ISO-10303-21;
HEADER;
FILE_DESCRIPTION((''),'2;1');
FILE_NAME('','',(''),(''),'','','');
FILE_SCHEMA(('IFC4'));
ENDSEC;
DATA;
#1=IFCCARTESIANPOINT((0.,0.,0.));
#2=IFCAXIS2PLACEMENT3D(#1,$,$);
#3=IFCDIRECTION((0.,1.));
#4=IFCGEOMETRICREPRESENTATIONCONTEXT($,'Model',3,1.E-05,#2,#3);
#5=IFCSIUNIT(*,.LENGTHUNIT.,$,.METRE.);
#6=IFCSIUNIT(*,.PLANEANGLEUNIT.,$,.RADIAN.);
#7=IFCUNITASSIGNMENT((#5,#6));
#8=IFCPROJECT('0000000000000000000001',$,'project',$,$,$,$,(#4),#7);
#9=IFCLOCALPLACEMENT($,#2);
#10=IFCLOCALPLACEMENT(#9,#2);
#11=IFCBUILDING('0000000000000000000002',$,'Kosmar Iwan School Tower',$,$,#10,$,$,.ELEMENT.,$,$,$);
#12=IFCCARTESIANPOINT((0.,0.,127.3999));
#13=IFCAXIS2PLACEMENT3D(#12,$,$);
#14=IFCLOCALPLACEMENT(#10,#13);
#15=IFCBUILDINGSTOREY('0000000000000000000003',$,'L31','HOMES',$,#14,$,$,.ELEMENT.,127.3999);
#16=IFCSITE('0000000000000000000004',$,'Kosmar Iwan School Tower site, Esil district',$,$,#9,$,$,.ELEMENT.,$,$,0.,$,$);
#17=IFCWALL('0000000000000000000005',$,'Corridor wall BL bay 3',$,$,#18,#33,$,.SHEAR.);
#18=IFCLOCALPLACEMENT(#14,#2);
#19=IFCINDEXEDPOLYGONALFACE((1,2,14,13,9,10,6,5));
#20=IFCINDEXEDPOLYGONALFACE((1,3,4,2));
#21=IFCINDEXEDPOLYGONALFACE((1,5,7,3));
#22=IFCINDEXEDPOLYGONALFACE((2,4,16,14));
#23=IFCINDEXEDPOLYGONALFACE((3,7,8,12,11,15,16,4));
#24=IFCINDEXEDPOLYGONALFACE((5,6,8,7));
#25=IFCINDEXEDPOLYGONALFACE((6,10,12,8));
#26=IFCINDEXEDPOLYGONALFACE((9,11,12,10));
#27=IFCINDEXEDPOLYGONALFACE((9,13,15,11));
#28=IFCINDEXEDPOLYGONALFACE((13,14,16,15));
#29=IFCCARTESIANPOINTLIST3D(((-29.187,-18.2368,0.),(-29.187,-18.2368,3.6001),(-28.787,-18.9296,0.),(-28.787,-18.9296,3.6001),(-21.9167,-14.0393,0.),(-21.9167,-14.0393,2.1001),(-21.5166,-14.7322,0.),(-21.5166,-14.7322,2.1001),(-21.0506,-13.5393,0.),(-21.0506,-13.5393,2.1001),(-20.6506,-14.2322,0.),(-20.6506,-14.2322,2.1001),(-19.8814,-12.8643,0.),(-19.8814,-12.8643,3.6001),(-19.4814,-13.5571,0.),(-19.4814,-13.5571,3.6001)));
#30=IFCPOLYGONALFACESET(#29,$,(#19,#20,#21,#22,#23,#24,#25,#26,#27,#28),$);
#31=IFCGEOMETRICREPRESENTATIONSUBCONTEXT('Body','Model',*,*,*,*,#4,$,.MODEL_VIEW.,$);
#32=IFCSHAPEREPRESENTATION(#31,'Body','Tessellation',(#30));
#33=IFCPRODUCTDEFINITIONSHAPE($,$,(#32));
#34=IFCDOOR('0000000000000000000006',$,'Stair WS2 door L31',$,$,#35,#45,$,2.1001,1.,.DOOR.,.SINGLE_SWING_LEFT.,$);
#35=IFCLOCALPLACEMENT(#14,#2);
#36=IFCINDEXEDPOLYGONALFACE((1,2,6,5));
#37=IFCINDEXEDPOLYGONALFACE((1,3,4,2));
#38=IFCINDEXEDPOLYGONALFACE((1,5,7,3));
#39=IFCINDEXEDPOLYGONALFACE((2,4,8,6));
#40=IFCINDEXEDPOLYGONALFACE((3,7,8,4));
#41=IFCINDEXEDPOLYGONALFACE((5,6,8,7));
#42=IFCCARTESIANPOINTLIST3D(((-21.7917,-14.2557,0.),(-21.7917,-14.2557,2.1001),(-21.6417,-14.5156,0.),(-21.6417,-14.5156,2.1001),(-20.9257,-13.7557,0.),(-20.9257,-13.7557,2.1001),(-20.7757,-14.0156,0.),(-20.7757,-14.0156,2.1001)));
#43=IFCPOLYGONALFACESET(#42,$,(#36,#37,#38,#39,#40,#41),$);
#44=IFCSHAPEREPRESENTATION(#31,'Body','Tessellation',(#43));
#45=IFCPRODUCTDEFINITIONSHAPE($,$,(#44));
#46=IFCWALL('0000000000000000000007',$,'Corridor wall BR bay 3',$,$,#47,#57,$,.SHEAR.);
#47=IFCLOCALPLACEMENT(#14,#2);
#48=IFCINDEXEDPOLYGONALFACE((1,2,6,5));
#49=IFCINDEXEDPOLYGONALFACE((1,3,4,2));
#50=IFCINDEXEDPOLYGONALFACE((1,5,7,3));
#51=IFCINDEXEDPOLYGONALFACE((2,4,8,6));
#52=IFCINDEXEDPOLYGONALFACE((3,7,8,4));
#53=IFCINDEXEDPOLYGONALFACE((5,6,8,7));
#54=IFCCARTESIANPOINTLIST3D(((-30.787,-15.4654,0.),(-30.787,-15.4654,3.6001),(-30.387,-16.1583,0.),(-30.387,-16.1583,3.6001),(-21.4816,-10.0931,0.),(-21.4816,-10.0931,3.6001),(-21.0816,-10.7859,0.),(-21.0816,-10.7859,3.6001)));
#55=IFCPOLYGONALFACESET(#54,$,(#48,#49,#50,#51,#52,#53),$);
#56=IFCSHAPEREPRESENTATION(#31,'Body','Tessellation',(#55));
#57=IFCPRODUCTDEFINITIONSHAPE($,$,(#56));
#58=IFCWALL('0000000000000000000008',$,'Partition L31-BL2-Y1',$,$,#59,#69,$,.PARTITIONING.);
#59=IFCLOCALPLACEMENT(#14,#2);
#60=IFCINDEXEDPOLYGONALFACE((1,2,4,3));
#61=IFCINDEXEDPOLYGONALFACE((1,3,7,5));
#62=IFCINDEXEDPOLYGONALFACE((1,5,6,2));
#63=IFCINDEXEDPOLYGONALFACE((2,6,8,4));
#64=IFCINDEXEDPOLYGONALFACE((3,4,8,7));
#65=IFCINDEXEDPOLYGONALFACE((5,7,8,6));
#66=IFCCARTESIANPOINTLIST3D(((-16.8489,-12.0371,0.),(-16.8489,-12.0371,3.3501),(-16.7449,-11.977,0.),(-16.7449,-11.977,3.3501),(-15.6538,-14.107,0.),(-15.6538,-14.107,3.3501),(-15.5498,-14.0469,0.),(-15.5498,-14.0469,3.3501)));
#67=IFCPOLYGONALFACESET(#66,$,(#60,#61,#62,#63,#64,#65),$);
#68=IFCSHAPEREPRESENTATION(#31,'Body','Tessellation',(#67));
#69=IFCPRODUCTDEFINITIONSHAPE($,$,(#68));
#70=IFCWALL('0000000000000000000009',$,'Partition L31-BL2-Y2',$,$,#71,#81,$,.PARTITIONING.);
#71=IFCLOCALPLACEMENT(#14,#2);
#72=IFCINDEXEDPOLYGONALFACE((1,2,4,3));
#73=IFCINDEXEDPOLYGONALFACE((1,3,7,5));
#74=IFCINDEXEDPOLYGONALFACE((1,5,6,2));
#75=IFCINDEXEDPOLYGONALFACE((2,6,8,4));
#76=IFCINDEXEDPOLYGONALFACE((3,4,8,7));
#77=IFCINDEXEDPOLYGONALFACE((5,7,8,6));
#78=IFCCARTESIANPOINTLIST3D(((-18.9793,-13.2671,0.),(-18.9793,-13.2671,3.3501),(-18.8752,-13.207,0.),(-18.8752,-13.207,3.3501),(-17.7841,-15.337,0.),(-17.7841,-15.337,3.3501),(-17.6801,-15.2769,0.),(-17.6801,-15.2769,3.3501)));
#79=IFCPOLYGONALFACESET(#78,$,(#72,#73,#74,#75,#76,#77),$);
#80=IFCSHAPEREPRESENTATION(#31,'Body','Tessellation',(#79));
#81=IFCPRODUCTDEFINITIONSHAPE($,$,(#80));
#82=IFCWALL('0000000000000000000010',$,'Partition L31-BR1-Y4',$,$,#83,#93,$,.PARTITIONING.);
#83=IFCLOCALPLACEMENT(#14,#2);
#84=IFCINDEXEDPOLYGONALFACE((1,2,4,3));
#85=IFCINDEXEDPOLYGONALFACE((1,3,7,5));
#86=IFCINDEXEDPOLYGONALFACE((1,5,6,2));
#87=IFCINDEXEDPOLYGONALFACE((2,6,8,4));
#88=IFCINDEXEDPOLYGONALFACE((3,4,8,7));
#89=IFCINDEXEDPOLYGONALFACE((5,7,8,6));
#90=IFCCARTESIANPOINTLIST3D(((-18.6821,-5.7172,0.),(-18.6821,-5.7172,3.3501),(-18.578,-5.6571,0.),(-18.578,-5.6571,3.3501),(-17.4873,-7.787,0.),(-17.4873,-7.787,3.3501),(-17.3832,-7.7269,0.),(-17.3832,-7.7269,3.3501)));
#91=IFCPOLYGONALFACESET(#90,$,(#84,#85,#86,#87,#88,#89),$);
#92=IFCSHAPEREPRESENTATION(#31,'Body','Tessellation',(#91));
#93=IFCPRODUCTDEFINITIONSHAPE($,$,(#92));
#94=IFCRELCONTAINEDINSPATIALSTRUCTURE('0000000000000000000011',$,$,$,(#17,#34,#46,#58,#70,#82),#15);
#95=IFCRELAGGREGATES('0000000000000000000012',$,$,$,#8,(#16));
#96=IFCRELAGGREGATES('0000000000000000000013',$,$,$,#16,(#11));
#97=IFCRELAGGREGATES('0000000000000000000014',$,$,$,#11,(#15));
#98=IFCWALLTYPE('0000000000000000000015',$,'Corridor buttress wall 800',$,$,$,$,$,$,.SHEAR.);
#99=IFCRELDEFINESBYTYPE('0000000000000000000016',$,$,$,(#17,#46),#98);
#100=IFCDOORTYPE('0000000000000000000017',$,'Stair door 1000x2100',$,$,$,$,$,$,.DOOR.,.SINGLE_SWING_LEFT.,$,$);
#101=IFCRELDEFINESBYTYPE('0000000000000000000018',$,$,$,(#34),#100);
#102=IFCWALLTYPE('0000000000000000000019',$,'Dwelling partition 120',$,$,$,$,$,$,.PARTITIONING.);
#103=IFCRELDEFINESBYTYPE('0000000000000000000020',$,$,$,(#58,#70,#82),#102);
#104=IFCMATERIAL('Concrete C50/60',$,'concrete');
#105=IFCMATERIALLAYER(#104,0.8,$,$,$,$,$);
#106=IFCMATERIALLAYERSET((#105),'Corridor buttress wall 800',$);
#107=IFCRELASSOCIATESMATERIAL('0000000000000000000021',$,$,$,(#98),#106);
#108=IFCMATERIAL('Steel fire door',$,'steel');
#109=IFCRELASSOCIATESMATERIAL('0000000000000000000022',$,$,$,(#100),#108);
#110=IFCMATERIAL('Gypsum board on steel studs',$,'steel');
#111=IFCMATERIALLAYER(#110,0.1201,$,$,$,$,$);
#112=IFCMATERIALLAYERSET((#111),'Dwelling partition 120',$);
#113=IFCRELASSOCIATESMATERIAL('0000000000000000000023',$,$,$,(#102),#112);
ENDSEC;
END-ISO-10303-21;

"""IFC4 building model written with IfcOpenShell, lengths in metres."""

from ifc_helpers import new_model, si_unit, direction, frame, frame_2d, origin, place, context, subcontext, project, spatial, rectangle, extrude, material, layer, layer_set, type_object, element, fill, save


model = new_model("IFC4")

# Units and contexts
model_context = context("Model", 3, precision=1e-05, world=origin(), true_north=direction((0.0, 1.0)))
body_context = subcontext(model_context, "Body", "Model", "MODEL_VIEW")
ifc_project = project(units=[si_unit("LENGTHUNIT", "METRE"), si_unit("PLANEANGLEUNIT", "RADIAN")], contexts=[model_context])

# Site, building, storey
site_placement = place(None, origin())
site = spatial("IfcSite", under=ifc_project, at=site_placement, Name="Kosmar Iwan School Tower site, Esil district", CompositionType="ELEMENT", RefElevation=0.0)
building_placement = place(site_placement, origin())
building = spatial("IfcBuilding", under=site, at=building_placement, Name="Kosmar Iwan School Tower", CompositionType="ELEMENT")
storey_placement = place(building_placement, frame((0.0, 0.0, 127.3999)))
storey = spatial("IfcBuildingStorey", under=building, at=storey_placement, Name="L31", Description="HOMES", CompositionType="ELEMENT", Elevation=127.3999)

# Wall, opening, door
ifc_material_1 = material(Name="Concrete C50/60", Category="concrete")
ifc_layer_1 = layer(ifc_material_1, 0.8)
ifc_layer_set_1 = layer_set([ifc_layer_1], Name="Corridor buttress wall 800")
wall_type_1 = type_object("IfcWallType", Name="Corridor buttress wall 800", PredefinedType="SHEAR", material=ifc_layer_set_1)
wall_1_placement = place(storey_placement, frame((-19.6814, -13.2107, 0.0), z_axis=(0.0, 0.0, 1.0), x_axis=(-0.866028, -0.499995, 0.0)))
wall_1 = element("IfcWall", 1, at=wall_1_placement, inside=storey, type_object=wall_type_1, Name="Corridor wall BL bay 3", PredefinedType="SHEAR", context=body_context, shape_type="SweptSolid", body=[
    extrude(rectangle(XDim=10.7451, YDim=0.8, at=frame_2d((5.3726, 0.0))), origin(), (0.0, 0.0, 1.0), 3.6001),
])
opening_1_placement = place(wall_1_placement, frame((1.3501, 0.0, 0.0)))
opening_1 = element("IfcOpeningElement", 2, at=opening_1_placement, cuts=wall_1, PredefinedType="OPENING", context=body_context, shape_type="SweptSolid", body=[
    extrude(rectangle(XDim=1.0, YDim=2.1001, at=frame_2d((0.5, 1.05))), frame((0.0, 0.4121, 0.0), z_axis=(0.0, -1.0, 0.0), x_axis=(1.0, 0.0, 0.0)), (0.0, 0.0, 1.0), 0.824),
])
ifc_material_2 = material(Name="Steel fire door", Category="steel")
door_type_1 = type_object("IfcDoorType", Name="Stair door 1000x2100", OperationType="SINGLE_SWING_LEFT", PredefinedType="DOOR", material=ifc_material_2)
door_1_placement = place(opening_1_placement, origin())
door_1 = element("IfcDoor", 3, at=door_1_placement, inside=storey, type_object=door_type_1, Name="Stair WS2 door L31", OperationType="SINGLE_SWING_LEFT", OverallHeight=2.1001, OverallWidth=1.0, PredefinedType="DOOR", context=body_context, shape_type="SweptSolid", body=[
    extrude(rectangle(XDim=1.0, YDim=2.1001, at=frame_2d((0.5, 1.05))), frame((0.0, 0.1499, 0.0), z_axis=(0.0, -1.0, 0.0), x_axis=(1.0, 0.0, 0.0)), (0.0, 0.0, 1.0), 0.3),
])
fill(opening_1, door_1)

# Walls
wall_2_placement = place(storey_placement, frame((-21.2815, -10.4395, 0.0), z_axis=(0.0, 0.0, 1.0), x_axis=(-0.866032, -0.499988, 0.0)))
element("IfcWall", 4, at=wall_2_placement, inside=storey, type_object=wall_type_1, Name="Corridor wall BR bay 3", PredefinedType="SHEAR", context=body_context, shape_type="SweptSolid", body=[
    extrude(rectangle(XDim=10.7449, YDim=0.8, at=frame_2d((5.3726, 0.0))), origin(), (0.0, 0.0, 1.0), 3.6001),
])
ifc_material_3 = material(Name="Gypsum board on steel studs", Category="steel")
ifc_layer_2 = layer(ifc_material_3, 0.1201)
ifc_layer_set_2 = layer_set([ifc_layer_2], Name="Dwelling partition 120")
wall_type_2 = type_object("IfcWallType", Name="Dwelling partition 120", PredefinedType="PARTITIONING", material=ifc_layer_set_2)
for number, where, z_axis, x_axis, name in (
    (5, (-16.7969, -12.0071, 0.0), (0.0, 0.0, 1.0), (0.500017, -0.866015, 0.0), "Partition L31-BL2-Y1"),
    (6, (-18.9272, -13.2371, 0.0), (0.0, 0.0, 1.0), (0.500017, -0.866015, 0.0), "Partition L31-BL2-Y2"),
):
    element("IfcWall", number, at=place(storey_placement, frame(where, z_axis=z_axis, x_axis=x_axis)), inside=storey, type_object=wall_type_2, Name=name, PredefinedType="PARTITIONING", context=body_context, shape_type="SweptSolid", body=[
        extrude(rectangle(XDim=2.3901, YDim=0.1201, at=frame_2d((1.1951, 0.0))), origin(), (0.0, 0.0, 1.0), 3.3501),
    ])
wall_3_placement = place(storey_placement, frame((-17.4353, -7.7568, 0.0), z_axis=(0.0, 0.0, 1.0), x_axis=(-0.499941, 0.86606, 0.0)))
element("IfcWall", 7, at=wall_3_placement, inside=storey, type_object=wall_type_2, Name="Partition L31-BR1-Y4", PredefinedType="PARTITIONING", context=body_context, shape_type="SweptSolid", body=[
    extrude(rectangle(XDim=2.3899, YDim=0.1201, at=frame_2d((1.1948, 0.0))), origin(), (0.0, 0.0, 1.0), 3.3501),
])

save(model, "model.ifc")
